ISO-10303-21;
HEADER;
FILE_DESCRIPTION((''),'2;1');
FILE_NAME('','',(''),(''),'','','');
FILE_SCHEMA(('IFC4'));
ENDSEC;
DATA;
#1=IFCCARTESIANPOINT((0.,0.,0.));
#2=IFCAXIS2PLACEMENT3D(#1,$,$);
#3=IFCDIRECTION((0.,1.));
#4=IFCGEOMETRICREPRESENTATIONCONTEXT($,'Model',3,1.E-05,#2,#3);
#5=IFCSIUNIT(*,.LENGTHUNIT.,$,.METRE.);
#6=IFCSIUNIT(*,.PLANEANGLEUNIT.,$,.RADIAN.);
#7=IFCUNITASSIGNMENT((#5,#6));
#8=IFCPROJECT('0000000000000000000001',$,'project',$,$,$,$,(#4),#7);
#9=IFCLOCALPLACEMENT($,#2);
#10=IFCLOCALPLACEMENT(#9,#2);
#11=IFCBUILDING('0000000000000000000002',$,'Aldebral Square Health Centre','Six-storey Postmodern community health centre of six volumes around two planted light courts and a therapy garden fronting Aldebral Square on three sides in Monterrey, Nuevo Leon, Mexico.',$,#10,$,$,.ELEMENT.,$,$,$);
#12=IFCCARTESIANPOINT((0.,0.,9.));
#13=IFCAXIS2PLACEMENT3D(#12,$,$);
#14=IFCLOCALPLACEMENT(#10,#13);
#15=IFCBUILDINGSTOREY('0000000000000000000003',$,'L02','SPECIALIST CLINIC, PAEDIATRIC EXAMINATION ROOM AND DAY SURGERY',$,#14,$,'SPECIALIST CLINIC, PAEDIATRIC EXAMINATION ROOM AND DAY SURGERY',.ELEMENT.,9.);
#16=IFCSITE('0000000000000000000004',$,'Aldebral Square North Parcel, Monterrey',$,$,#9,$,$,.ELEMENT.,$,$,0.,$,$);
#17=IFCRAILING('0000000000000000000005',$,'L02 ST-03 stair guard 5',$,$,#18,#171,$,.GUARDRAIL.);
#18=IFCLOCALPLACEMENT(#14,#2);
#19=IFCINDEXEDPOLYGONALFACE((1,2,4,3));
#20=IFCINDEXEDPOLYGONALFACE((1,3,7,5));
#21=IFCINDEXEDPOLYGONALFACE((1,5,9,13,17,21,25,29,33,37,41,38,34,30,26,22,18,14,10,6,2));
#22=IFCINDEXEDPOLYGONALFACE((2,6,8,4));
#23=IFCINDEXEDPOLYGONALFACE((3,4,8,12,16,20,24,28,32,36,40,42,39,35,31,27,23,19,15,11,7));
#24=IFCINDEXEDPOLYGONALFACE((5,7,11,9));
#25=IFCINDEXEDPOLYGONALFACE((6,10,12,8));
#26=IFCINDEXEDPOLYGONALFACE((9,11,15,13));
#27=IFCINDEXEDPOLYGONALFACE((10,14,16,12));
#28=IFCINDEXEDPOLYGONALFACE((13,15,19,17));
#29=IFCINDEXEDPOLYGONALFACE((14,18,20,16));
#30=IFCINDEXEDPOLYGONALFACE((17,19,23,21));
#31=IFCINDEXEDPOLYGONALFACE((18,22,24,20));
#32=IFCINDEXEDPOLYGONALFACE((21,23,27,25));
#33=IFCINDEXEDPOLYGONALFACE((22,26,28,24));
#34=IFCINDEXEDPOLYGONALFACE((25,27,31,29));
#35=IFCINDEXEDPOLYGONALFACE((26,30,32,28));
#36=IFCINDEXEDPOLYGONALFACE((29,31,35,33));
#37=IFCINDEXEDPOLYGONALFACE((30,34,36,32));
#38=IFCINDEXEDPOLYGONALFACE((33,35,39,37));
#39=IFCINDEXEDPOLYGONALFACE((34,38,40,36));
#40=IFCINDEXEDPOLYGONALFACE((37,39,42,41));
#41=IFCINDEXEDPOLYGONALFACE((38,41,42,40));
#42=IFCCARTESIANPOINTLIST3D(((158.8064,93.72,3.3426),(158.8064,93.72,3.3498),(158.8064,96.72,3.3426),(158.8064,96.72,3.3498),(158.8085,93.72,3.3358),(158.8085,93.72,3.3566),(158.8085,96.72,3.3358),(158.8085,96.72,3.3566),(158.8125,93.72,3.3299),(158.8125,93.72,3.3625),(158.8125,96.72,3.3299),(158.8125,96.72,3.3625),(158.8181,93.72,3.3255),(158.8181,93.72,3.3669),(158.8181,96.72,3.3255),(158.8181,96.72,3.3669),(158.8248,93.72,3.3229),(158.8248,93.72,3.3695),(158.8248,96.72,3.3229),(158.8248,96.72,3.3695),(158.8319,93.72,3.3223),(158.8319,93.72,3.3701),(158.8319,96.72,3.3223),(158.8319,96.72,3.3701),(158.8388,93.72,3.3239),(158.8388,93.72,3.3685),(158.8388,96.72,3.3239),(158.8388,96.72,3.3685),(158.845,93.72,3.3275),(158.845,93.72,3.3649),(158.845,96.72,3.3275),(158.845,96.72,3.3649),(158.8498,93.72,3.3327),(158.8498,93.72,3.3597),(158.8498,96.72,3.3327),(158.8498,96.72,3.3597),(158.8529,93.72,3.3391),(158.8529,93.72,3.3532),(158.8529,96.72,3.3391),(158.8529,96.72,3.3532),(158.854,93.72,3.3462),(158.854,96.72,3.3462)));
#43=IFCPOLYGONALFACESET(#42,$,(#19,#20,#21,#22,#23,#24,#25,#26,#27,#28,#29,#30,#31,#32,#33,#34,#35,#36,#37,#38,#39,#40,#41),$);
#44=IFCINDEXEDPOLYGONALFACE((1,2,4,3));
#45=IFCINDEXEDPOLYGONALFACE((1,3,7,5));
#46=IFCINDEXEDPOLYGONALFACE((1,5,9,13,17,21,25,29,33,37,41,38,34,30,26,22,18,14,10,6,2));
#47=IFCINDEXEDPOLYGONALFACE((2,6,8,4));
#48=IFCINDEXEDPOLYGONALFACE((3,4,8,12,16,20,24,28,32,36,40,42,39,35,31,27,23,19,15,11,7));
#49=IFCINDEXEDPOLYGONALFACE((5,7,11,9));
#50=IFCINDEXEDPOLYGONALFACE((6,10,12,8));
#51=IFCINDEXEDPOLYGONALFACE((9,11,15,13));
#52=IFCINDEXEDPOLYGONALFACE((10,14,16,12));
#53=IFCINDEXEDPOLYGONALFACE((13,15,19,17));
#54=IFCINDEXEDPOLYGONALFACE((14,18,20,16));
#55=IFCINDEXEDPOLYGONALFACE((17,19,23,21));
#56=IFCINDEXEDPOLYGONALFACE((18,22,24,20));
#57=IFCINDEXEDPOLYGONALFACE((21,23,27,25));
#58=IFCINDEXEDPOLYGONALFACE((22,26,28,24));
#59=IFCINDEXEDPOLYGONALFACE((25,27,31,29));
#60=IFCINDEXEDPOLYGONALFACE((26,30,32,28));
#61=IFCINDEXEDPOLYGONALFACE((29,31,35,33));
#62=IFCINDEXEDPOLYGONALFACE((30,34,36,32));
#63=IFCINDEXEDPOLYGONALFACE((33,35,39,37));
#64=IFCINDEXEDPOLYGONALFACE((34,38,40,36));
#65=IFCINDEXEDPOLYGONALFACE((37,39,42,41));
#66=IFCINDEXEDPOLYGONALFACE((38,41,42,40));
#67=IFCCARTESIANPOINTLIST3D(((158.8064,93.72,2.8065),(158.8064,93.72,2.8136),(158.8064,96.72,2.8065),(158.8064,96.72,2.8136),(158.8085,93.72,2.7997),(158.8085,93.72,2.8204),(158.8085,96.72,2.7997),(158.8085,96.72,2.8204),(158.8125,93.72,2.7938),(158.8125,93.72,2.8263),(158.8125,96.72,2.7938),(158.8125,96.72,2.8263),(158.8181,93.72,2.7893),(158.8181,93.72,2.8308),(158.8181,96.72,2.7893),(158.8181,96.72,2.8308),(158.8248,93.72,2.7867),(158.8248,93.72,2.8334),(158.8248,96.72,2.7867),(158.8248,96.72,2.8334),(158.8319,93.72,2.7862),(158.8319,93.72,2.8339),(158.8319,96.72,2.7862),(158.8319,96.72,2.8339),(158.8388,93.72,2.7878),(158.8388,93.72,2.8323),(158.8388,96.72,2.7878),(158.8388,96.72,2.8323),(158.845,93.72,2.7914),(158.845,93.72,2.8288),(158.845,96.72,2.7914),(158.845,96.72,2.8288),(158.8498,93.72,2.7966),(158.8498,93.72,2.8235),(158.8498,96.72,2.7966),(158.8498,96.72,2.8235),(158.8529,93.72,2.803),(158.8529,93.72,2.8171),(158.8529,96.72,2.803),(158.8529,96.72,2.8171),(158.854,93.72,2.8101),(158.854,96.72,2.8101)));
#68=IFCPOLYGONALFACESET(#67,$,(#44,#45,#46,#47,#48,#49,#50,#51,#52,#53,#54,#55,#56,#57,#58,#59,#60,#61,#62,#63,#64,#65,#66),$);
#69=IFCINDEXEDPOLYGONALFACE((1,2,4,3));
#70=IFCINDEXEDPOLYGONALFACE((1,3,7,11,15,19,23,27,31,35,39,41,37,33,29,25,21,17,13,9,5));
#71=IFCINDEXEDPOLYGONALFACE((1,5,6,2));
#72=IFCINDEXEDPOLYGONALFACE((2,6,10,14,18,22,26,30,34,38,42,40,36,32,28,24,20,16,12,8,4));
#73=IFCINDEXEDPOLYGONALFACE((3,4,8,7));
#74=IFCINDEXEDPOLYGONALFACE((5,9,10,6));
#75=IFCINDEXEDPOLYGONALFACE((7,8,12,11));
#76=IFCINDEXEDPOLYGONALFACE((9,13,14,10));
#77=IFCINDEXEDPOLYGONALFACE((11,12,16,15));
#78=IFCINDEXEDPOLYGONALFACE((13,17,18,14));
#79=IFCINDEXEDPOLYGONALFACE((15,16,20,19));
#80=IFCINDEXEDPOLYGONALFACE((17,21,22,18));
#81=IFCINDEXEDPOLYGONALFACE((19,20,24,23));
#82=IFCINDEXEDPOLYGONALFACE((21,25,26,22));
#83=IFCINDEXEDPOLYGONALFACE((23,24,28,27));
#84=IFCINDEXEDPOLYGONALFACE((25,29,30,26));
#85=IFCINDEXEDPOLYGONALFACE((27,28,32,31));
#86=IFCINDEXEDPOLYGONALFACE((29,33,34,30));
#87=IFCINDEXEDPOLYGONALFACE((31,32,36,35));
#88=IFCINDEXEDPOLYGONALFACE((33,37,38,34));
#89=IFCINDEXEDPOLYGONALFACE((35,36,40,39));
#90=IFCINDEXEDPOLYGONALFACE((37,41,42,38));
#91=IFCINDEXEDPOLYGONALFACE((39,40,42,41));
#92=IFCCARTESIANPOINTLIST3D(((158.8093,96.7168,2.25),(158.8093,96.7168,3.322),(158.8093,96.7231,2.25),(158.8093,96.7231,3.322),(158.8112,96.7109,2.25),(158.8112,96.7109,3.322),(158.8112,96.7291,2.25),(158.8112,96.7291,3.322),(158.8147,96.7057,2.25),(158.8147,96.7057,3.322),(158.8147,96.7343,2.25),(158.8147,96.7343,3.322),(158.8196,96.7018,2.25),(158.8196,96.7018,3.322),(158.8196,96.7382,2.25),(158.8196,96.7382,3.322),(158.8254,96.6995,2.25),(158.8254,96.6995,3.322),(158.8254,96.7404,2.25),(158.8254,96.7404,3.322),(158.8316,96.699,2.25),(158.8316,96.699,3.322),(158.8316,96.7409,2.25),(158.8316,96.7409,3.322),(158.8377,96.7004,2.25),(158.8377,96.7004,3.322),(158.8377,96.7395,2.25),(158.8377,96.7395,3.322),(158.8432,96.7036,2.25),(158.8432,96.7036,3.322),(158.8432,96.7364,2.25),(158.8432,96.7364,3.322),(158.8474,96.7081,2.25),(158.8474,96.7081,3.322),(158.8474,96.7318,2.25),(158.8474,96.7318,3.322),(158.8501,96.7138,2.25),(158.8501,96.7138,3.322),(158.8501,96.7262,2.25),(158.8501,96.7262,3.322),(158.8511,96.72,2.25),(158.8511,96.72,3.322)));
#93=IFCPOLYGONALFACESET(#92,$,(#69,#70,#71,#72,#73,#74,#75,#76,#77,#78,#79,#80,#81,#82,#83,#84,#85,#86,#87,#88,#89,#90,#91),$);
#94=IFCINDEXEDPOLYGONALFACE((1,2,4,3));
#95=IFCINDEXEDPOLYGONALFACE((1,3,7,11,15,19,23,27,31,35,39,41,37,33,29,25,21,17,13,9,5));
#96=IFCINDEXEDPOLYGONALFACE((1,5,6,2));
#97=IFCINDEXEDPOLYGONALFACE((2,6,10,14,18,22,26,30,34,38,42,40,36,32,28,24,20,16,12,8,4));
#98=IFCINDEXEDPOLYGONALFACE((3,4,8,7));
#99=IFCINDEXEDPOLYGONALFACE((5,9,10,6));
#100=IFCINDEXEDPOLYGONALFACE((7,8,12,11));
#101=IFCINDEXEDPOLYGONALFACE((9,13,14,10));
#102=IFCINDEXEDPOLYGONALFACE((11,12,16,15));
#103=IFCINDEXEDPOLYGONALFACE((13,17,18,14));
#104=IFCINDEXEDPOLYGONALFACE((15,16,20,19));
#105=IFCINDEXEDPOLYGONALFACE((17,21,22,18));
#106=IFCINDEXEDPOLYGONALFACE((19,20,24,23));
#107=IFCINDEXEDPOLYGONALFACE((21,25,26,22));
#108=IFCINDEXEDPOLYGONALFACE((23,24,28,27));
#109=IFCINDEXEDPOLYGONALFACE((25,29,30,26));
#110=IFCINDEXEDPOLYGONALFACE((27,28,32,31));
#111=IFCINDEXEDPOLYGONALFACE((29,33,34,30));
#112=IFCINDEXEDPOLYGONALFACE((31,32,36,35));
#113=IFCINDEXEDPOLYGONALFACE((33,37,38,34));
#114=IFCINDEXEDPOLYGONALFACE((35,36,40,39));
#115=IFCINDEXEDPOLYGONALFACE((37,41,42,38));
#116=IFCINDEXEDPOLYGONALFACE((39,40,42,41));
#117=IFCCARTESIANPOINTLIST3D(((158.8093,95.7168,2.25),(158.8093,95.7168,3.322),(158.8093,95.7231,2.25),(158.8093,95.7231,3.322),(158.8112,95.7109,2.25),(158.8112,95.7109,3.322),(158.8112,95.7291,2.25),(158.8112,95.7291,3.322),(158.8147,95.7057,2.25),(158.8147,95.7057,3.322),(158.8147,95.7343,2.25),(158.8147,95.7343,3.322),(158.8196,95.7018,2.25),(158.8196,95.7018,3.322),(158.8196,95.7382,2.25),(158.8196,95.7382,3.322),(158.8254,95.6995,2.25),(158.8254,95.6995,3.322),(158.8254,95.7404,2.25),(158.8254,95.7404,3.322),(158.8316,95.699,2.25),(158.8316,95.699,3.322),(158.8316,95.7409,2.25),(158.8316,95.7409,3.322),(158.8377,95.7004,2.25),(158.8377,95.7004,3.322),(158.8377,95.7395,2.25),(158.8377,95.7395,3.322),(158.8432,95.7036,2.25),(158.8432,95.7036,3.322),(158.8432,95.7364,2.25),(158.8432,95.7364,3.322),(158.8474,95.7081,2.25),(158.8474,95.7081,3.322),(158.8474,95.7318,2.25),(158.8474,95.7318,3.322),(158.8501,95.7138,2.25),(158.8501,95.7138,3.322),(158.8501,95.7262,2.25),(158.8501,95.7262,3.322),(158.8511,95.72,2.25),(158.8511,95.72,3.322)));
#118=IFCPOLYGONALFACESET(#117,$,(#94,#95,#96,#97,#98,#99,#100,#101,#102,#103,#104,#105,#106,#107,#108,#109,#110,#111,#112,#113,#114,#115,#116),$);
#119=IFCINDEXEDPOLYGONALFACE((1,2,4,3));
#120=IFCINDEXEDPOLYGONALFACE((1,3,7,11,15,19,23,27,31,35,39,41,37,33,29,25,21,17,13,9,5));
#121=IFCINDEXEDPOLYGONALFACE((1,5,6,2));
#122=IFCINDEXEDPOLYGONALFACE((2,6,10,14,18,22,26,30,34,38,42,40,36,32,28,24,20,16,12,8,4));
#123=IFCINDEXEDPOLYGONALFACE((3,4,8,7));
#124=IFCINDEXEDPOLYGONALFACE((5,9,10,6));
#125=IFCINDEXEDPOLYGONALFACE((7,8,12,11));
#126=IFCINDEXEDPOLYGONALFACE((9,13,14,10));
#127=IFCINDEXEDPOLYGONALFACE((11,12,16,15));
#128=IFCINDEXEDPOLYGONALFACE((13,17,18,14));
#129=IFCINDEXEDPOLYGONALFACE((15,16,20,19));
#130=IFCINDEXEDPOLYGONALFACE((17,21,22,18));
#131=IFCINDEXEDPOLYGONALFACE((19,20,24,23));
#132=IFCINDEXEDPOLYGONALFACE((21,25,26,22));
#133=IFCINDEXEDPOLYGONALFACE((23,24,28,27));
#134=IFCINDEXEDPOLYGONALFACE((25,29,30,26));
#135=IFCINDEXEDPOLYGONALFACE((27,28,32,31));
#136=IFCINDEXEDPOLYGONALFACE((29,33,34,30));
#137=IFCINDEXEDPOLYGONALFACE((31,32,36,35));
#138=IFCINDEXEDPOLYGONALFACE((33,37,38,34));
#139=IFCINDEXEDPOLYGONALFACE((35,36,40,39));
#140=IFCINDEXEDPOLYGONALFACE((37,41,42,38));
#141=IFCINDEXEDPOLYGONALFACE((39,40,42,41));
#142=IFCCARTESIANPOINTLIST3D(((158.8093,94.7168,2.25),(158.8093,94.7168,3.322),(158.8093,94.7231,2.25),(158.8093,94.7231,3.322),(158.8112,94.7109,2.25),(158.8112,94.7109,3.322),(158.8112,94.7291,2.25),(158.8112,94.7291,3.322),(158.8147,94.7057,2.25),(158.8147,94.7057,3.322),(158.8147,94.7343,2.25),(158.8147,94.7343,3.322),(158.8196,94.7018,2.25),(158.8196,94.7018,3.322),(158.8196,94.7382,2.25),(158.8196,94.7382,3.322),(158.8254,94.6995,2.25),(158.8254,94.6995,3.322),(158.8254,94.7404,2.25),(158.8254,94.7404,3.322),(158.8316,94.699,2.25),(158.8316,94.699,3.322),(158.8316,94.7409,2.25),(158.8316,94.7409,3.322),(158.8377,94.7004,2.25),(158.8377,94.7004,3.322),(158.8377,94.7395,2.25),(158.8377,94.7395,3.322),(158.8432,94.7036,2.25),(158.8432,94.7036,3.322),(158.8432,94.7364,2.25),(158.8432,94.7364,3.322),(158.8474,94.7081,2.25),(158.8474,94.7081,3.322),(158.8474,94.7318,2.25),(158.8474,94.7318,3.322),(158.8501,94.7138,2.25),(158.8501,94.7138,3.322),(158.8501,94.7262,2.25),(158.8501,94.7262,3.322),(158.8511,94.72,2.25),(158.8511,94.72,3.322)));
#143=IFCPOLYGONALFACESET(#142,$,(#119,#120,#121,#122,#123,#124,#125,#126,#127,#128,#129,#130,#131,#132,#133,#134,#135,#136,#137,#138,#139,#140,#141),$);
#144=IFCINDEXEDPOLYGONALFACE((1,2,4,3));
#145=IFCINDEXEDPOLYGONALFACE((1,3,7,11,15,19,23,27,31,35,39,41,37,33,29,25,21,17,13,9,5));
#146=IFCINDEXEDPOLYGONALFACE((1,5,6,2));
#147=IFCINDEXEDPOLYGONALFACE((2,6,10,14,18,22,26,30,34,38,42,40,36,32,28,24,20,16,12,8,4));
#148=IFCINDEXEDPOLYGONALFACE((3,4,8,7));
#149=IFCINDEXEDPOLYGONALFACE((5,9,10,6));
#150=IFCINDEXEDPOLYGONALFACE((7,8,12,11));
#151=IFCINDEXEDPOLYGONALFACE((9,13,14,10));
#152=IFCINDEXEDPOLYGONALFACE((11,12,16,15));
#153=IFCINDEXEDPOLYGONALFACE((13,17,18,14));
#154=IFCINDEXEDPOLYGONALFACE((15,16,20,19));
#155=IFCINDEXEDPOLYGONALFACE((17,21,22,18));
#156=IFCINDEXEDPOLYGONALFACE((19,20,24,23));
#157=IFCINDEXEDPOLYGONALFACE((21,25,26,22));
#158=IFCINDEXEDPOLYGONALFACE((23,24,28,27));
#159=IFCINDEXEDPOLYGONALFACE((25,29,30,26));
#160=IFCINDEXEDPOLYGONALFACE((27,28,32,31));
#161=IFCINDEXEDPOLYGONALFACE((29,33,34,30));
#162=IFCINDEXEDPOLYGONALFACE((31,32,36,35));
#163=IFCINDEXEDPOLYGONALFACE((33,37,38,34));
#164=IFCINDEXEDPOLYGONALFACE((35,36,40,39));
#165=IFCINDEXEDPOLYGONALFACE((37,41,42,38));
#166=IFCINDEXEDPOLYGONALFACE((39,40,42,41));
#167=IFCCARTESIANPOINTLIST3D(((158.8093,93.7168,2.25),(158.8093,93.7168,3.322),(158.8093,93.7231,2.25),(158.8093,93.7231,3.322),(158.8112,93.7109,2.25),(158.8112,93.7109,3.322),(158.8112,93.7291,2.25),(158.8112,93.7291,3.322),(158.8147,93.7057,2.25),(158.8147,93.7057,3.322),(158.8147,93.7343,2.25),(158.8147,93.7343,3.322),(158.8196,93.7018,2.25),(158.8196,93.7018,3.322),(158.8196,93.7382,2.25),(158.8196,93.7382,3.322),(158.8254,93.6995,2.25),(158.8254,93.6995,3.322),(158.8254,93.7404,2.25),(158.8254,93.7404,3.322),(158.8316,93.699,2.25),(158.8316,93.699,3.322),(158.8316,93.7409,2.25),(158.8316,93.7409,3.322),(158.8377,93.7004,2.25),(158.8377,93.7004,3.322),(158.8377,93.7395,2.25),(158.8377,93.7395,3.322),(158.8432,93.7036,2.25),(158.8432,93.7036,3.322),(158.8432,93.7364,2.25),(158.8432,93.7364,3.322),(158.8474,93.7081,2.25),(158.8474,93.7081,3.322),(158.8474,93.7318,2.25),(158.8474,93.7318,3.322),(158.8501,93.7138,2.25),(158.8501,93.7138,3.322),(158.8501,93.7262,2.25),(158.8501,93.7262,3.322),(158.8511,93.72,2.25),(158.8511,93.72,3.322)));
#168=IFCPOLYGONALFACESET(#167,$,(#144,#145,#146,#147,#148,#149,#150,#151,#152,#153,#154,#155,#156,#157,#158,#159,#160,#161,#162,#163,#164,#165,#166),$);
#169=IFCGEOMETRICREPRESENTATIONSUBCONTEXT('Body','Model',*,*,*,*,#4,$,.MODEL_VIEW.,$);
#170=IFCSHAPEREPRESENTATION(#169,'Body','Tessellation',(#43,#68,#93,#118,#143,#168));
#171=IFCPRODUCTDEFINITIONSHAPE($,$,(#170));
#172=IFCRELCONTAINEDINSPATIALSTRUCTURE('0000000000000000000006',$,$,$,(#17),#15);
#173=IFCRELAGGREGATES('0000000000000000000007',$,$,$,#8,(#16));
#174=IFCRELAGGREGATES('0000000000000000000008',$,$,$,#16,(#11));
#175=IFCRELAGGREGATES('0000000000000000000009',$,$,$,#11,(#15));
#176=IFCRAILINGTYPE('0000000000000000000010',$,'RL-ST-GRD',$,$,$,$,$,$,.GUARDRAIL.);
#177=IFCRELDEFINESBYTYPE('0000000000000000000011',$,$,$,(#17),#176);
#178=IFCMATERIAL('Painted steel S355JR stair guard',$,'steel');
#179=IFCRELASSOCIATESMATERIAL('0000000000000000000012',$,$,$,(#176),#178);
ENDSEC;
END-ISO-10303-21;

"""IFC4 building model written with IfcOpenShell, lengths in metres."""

from ifc_helpers import new_model, si_unit, direction, frame, origin, origin_2d, place, context, subcontext, project, spatial, circle, extrude, material, type_object, element, save


model = new_model("IFC4")

# Units and contexts
model_context = context("Model", 3, precision=1e-05, world=origin(), true_north=direction((0.0, 1.0)))
body_context = subcontext(model_context, "Body", "Model", "MODEL_VIEW")
ifc_project = project(units=[si_unit("LENGTHUNIT", "METRE"), si_unit("PLANEANGLEUNIT", "RADIAN")], contexts=[model_context])

# Site, building, storey
site_placement = place(None, origin())
site = spatial("IfcSite", under=ifc_project, at=site_placement, Name="Aldebral Square North Parcel, Monterrey", CompositionType="ELEMENT", RefElevation=0.0)
building_placement = place(site_placement, origin())
building = spatial("IfcBuilding", under=site, at=building_placement, Name="Aldebral Square Health Centre", Description="Six-storey Postmodern community health centre of six volumes around two planted light courts and a therapy garden fronting Aldebral Square on three sides in Monterrey, Nuevo Leon, Mexico.", CompositionType="ELEMENT")
storey_placement = place(building_placement, frame((0.0, 0.0, 9.0)))
storey = spatial("IfcBuildingStorey", under=building, at=storey_placement, Name="L02", Description="SPECIALIST CLINIC, PAEDIATRIC EXAMINATION ROOM AND DAY SURGERY", LongName="SPECIALIST CLINIC, PAEDIATRIC EXAMINATION ROOM AND DAY SURGERY", CompositionType="ELEMENT", Elevation=9.0)

# Railing
ifc_material_1 = material(Name="Painted steel S355JR stair guard", Category="steel")
railing_type_1 = type_object("IfcRailingType", Name="RL-ST-GRD", PredefinedType="GUARDRAIL", material=ifc_material_1)
railing_1_placement = place(storey_placement, frame((158.8301, 96.72, 2.25)))
element("IfcRailing", 1, at=railing_1_placement, inside=storey, type_object=railing_type_1, Name="L02 ST-03 stair guard 5", PredefinedType="GUARDRAIL", context=body_context, shape_type="SweptSolid", body=[
    extrude(circle(Radius=0.0239, at=origin_2d()), frame((0.0, 0.0, 1.0962), z_axis=(0.0, -1.0, 0.0), x_axis=(1.0, 0.0, 0.0)), (0.0, 0.0, 1.0), 3.0),
    extrude(circle(Radius=0.0239, at=origin_2d()), frame((0.0, 0.0, 0.5601), z_axis=(0.0, -1.0, 0.0), x_axis=(1.0, 0.0, 0.0)), (0.0, 0.0, 1.0), 3.0),
    extrude(circle(Radius=0.021, at=origin_2d()), origin(), (0.0, 0.0, 1.0), 1.072),
    extrude(circle(Radius=0.021, at=origin_2d()), frame((0.0, -1.0, 0.0)), (0.0, 0.0, 1.0), 1.072),
    extrude(circle(Radius=0.021, at=origin_2d()), frame((0.0, -2.0, 0.0)), (0.0, 0.0, 1.0), 1.072),
    extrude(circle(Radius=0.021, at=origin_2d()), frame((0.0, -3.0, 0.0)), (0.0, 0.0, 1.0), 1.072),
])

save(model, "model.ifc")
